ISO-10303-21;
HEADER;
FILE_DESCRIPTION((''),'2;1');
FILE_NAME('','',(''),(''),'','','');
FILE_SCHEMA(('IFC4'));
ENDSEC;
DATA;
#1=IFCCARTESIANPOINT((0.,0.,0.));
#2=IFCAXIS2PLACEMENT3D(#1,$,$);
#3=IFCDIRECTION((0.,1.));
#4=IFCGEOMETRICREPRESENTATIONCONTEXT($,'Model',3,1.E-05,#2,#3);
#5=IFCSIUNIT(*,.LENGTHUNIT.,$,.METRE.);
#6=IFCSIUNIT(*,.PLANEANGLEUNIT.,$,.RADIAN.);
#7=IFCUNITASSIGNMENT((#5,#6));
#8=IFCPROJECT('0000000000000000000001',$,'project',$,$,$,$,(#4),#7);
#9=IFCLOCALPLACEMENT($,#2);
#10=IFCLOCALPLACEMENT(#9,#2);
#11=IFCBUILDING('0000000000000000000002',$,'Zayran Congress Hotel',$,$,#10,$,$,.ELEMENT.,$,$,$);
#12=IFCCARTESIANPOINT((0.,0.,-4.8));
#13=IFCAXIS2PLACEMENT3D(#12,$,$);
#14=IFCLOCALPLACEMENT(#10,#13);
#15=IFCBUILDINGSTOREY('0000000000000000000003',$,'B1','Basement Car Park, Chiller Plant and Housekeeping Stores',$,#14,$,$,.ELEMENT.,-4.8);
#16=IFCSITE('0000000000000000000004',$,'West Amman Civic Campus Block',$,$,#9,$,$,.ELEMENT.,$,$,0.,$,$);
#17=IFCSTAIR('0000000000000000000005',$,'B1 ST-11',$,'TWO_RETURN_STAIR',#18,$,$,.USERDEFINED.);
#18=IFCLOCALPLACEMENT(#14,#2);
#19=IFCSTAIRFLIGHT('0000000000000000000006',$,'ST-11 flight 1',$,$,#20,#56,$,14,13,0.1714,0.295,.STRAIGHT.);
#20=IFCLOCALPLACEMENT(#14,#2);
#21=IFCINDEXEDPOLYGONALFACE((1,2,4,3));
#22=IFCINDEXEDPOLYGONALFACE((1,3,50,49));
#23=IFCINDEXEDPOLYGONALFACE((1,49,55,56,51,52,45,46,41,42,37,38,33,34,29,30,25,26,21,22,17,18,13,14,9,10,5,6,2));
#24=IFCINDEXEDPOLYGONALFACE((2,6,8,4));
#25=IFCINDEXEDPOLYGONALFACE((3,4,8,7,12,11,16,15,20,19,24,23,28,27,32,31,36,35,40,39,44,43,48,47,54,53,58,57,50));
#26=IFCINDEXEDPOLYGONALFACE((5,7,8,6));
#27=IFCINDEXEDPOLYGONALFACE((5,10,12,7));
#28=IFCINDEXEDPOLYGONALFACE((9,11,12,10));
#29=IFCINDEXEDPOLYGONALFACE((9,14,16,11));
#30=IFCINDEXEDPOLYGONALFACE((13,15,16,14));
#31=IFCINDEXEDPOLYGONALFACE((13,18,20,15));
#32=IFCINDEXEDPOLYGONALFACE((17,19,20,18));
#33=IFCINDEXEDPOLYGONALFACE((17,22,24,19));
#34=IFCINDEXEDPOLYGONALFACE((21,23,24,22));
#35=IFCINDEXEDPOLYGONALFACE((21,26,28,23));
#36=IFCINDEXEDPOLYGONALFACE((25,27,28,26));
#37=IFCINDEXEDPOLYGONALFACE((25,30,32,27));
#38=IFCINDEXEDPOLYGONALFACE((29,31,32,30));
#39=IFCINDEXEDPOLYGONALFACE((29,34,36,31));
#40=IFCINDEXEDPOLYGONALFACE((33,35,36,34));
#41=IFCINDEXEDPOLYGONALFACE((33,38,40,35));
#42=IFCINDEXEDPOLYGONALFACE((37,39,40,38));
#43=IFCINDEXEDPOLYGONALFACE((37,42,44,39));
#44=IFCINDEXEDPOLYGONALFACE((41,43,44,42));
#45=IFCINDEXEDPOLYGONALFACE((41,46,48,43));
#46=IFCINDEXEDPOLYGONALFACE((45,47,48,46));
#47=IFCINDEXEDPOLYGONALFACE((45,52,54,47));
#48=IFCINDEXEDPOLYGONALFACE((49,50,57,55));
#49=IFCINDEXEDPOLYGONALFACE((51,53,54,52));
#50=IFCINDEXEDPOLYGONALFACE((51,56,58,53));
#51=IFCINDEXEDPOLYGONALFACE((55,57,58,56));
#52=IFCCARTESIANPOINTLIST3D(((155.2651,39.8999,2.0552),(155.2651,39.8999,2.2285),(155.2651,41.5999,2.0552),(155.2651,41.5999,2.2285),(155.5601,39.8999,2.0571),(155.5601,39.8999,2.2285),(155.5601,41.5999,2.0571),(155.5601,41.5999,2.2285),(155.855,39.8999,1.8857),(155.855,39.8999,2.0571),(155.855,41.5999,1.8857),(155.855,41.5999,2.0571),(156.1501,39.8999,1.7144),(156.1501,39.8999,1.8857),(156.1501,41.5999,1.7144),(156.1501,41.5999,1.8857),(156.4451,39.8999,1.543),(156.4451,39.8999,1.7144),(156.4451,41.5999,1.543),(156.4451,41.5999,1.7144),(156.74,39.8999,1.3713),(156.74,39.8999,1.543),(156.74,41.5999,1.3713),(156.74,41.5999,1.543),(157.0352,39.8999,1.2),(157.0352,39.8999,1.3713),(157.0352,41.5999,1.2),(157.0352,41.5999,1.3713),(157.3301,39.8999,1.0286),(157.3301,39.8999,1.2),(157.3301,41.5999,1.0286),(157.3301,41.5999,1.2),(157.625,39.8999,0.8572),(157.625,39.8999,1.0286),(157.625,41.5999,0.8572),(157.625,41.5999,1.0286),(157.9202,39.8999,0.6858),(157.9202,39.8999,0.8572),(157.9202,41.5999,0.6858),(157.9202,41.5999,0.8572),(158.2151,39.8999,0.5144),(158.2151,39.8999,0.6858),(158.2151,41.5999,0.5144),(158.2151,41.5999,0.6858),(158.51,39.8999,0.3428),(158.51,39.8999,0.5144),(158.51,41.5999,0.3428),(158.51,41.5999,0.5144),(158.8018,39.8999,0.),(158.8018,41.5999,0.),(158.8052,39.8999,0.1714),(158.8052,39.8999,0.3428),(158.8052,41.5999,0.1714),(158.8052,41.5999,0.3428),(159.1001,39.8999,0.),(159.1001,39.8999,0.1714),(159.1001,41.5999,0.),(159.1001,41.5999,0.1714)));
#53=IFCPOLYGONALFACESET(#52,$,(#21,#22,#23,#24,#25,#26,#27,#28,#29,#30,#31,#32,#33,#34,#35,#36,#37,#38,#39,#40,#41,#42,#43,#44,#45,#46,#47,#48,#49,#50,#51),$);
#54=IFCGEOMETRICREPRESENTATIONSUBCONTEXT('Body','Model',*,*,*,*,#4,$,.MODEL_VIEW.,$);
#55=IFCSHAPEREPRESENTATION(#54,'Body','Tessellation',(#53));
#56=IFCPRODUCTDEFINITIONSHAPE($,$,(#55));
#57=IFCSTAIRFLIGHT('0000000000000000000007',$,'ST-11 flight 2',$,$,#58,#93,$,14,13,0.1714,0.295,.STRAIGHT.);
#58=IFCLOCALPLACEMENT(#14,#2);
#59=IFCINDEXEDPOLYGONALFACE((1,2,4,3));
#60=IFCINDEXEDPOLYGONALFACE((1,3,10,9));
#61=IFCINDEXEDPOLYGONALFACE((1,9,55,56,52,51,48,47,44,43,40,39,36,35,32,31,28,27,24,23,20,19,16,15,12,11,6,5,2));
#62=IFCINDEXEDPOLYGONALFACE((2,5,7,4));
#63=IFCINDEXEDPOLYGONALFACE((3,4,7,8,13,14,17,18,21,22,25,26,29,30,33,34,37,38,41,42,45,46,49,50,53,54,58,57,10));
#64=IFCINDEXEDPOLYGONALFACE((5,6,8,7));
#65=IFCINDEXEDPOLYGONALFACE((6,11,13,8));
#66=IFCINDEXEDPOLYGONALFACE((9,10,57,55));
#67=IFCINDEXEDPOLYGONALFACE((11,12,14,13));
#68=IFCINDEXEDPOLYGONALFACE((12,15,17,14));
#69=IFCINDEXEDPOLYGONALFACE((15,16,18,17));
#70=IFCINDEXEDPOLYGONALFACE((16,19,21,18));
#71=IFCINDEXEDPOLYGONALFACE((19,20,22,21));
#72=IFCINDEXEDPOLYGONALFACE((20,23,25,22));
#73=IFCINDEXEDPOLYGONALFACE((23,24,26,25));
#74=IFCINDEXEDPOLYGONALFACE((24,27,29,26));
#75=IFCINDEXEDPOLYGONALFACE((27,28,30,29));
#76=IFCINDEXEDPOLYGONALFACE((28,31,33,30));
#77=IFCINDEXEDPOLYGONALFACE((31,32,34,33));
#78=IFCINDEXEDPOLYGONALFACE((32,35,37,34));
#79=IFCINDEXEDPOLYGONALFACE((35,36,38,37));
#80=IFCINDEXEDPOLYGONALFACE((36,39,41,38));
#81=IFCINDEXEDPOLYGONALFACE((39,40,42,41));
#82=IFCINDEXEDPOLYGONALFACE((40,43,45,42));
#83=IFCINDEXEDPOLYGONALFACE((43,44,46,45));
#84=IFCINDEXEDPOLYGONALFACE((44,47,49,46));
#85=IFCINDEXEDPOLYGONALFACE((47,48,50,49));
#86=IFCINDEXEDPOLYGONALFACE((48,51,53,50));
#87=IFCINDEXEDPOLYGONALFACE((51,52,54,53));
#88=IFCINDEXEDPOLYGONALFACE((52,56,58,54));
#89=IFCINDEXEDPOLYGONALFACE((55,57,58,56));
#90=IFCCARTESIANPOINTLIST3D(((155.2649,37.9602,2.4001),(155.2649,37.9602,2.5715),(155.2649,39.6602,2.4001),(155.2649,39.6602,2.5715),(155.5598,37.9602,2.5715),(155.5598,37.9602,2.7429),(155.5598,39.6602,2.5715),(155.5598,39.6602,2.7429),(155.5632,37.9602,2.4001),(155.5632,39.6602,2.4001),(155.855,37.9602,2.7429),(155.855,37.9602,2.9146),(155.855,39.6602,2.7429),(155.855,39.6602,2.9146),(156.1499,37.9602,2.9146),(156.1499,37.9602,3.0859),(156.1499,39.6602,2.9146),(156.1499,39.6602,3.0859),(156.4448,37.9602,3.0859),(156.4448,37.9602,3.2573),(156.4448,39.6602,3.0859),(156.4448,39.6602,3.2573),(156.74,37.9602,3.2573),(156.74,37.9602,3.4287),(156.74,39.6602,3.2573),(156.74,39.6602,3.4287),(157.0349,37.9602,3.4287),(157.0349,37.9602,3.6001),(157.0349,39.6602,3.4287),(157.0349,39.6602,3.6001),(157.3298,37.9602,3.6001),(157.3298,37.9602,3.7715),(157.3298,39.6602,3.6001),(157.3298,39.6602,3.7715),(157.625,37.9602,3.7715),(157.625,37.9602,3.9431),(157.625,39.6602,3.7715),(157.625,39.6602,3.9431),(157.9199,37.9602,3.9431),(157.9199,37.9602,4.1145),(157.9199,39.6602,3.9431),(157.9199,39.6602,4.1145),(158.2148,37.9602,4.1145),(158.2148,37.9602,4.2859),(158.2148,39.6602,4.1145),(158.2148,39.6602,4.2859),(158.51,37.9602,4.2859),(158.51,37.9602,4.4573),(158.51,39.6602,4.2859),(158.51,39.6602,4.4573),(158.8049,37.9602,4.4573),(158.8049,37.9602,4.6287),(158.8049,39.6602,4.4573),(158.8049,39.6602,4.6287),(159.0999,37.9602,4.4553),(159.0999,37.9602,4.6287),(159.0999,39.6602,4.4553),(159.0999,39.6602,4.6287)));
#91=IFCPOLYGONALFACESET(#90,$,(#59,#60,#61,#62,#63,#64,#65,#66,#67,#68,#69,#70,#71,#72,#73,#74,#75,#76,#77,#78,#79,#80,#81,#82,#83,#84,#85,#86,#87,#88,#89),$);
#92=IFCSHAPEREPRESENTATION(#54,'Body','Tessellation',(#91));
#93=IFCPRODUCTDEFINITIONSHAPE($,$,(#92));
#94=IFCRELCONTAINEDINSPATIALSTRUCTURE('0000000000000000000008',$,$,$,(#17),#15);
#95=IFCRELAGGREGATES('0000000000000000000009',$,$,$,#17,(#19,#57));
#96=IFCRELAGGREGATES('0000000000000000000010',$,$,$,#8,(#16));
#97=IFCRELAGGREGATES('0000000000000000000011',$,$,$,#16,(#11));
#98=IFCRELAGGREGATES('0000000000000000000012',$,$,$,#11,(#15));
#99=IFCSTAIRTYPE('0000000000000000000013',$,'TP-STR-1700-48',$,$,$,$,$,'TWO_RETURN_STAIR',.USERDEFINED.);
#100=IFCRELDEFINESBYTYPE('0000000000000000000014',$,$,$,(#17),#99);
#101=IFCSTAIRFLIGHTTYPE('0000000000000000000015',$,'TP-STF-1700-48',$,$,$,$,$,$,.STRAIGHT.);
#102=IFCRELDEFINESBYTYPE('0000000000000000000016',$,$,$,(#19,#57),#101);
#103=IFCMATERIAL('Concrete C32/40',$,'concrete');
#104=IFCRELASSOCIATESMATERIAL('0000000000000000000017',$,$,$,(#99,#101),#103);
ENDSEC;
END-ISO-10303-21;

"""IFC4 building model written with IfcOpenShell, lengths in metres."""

from ifc_helpers import new_model, si_unit, direction, frame, origin, place, context, subcontext, project, spatial, polyline, outline, extrude, material, type_object, element, aggregate, save


model = new_model("IFC4")

# Units and contexts
model_context = context("Model", 3, precision=1e-05, world=origin(), true_north=direction((0.0, 1.0)))
body_context = subcontext(model_context, "Body", "Model", "MODEL_VIEW")
ifc_project = project(units=[si_unit("LENGTHUNIT", "METRE"), si_unit("PLANEANGLEUNIT", "RADIAN")], contexts=[model_context])

# Site, building, storey
site_placement = place(None, origin())
site = spatial("IfcSite", under=ifc_project, at=site_placement, Name="West Amman Civic Campus Block", CompositionType="ELEMENT", RefElevation=0.0)
building_placement = place(site_placement, origin())
building = spatial("IfcBuilding", under=site, at=building_placement, Name="Zayran Congress Hotel", CompositionType="ELEMENT")
storey_placement = place(building_placement, frame((0.0, 0.0, -4.8)))
storey = spatial("IfcBuildingStorey", under=building, at=storey_placement, Name="B1", Description="Basement Car Park, Chiller Plant and Housekeeping Stores", CompositionType="ELEMENT", Elevation=-4.8)

# Stair, stair flights
ifc_material_1 = material(Name="Concrete C32/40", Category="concrete")
stair_type = type_object("IfcStairType", Name="TP-STR-1700-48", ElementType="TWO_RETURN_STAIR", PredefinedType="USERDEFINED", material=ifc_material_1)
stair_placement = place(storey_placement, origin())
stair = element("IfcStair", 1, at=stair_placement, inside=storey, type_object=stair_type, Name="B1 ST-11", ObjectType="TWO_RETURN_STAIR", PredefinedType="USERDEFINED")
stair_flight_type = type_object("IfcStairFlightType", Name="TP-STF-1700-48", PredefinedType="STRAIGHT", material=ifc_material_1)
stair_flight_1_placement = place(storey_placement, frame((159.1001, 40.75, 0.0), z_axis=(0.0, 0.0, 1.0), x_axis=(-1.0, 0.0, 0.0)))
stair_flight_1 = element("IfcStairFlight", 2, at=stair_flight_1_placement, type_object=stair_flight_type, Name="ST-11 flight 1", NumberOfRisers=14, NumberOfTreads=13, PredefinedType="STRAIGHT", RiserHeight=0.1714, TreadLength=0.295, context=body_context, shape_type="SweptSolid", body=[
    extrude(outline(polyline([(0.0, 0.0), (0.0, 0.1714), (0.2949, 0.1714), (0.2949, 0.3428), (0.5901, 0.3428), (0.5901, 0.5144), (0.885, 0.5144), (0.885, 0.6858), (1.1799, 0.6858), (1.1799, 0.8572), (1.4751, 0.8572), (1.4751, 1.0286), (1.77, 1.0286), (1.77, 1.2), (2.0649, 1.2), (2.0649, 1.3713), (2.3601, 1.3713), (2.3601, 1.543), (2.655, 1.543), (2.655, 1.7144), (2.95, 1.7144), (2.95, 1.8857), (3.2451, 1.8857), (3.2451, 2.0571), (3.54, 2.0571), (3.54, 2.2285), (3.835, 2.2285), (3.835, 2.3999), (3.835, 2.0552), (0.2983, 0.0), (0.0, 0.0)])), frame((0.0, 0.8501, 0.0), z_axis=(0.0, -1.0, 0.0), x_axis=(1.0, 0.0, 0.0)), (0.0, 0.0, 1.0), 1.7),
])
stair_flight_2_placement = place(storey_placement, frame((155.2649, 38.8101, 2.4001), z_axis=(0.0, 0.0, 1.0), x_axis=(1.0, 0.0, 0.0)))
stair_flight_2 = element("IfcStairFlight", 3, at=stair_flight_2_placement, type_object=stair_flight_type, Name="ST-11 flight 2", NumberOfRisers=14, NumberOfTreads=13, PredefinedType="STRAIGHT", RiserHeight=0.1714, TreadLength=0.295, context=body_context, shape_type="SweptSolid", body=[
    extrude(outline(polyline([(0.0, 0.0), (0.0, 0.1714), (0.2949, 0.1714), (0.2949, 0.3428), (0.5901, 0.3428), (0.5901, 0.5144), (0.885, 0.5144), (0.885, 0.6858), (1.1799, 0.6858), (1.1799, 0.8572), (1.4751, 0.8572), (1.4751, 1.0286), (1.77, 1.0286), (1.77, 1.2), (2.0649, 1.2), (2.0649, 1.3713), (2.3601, 1.3713), (2.3601, 1.543), (2.655, 1.543), (2.655, 1.7144), (2.95, 1.7144), (2.95, 1.8857), (3.2451, 1.8857), (3.2451, 2.0571), (3.54, 2.0571), (3.54, 2.2285), (3.835, 2.2285), (3.835, 2.3999), (3.835, 2.0552), (0.2983, 0.0), (0.0, 0.0)])), frame((0.0, 0.8501, 0.0), z_axis=(0.0, -1.0, 0.0), x_axis=(1.0, 0.0, 0.0)), (0.0, 0.0, 1.0), 1.7),
])
aggregate(stair, [stair_flight_1, stair_flight_2])

save(model, "model.ifc")
